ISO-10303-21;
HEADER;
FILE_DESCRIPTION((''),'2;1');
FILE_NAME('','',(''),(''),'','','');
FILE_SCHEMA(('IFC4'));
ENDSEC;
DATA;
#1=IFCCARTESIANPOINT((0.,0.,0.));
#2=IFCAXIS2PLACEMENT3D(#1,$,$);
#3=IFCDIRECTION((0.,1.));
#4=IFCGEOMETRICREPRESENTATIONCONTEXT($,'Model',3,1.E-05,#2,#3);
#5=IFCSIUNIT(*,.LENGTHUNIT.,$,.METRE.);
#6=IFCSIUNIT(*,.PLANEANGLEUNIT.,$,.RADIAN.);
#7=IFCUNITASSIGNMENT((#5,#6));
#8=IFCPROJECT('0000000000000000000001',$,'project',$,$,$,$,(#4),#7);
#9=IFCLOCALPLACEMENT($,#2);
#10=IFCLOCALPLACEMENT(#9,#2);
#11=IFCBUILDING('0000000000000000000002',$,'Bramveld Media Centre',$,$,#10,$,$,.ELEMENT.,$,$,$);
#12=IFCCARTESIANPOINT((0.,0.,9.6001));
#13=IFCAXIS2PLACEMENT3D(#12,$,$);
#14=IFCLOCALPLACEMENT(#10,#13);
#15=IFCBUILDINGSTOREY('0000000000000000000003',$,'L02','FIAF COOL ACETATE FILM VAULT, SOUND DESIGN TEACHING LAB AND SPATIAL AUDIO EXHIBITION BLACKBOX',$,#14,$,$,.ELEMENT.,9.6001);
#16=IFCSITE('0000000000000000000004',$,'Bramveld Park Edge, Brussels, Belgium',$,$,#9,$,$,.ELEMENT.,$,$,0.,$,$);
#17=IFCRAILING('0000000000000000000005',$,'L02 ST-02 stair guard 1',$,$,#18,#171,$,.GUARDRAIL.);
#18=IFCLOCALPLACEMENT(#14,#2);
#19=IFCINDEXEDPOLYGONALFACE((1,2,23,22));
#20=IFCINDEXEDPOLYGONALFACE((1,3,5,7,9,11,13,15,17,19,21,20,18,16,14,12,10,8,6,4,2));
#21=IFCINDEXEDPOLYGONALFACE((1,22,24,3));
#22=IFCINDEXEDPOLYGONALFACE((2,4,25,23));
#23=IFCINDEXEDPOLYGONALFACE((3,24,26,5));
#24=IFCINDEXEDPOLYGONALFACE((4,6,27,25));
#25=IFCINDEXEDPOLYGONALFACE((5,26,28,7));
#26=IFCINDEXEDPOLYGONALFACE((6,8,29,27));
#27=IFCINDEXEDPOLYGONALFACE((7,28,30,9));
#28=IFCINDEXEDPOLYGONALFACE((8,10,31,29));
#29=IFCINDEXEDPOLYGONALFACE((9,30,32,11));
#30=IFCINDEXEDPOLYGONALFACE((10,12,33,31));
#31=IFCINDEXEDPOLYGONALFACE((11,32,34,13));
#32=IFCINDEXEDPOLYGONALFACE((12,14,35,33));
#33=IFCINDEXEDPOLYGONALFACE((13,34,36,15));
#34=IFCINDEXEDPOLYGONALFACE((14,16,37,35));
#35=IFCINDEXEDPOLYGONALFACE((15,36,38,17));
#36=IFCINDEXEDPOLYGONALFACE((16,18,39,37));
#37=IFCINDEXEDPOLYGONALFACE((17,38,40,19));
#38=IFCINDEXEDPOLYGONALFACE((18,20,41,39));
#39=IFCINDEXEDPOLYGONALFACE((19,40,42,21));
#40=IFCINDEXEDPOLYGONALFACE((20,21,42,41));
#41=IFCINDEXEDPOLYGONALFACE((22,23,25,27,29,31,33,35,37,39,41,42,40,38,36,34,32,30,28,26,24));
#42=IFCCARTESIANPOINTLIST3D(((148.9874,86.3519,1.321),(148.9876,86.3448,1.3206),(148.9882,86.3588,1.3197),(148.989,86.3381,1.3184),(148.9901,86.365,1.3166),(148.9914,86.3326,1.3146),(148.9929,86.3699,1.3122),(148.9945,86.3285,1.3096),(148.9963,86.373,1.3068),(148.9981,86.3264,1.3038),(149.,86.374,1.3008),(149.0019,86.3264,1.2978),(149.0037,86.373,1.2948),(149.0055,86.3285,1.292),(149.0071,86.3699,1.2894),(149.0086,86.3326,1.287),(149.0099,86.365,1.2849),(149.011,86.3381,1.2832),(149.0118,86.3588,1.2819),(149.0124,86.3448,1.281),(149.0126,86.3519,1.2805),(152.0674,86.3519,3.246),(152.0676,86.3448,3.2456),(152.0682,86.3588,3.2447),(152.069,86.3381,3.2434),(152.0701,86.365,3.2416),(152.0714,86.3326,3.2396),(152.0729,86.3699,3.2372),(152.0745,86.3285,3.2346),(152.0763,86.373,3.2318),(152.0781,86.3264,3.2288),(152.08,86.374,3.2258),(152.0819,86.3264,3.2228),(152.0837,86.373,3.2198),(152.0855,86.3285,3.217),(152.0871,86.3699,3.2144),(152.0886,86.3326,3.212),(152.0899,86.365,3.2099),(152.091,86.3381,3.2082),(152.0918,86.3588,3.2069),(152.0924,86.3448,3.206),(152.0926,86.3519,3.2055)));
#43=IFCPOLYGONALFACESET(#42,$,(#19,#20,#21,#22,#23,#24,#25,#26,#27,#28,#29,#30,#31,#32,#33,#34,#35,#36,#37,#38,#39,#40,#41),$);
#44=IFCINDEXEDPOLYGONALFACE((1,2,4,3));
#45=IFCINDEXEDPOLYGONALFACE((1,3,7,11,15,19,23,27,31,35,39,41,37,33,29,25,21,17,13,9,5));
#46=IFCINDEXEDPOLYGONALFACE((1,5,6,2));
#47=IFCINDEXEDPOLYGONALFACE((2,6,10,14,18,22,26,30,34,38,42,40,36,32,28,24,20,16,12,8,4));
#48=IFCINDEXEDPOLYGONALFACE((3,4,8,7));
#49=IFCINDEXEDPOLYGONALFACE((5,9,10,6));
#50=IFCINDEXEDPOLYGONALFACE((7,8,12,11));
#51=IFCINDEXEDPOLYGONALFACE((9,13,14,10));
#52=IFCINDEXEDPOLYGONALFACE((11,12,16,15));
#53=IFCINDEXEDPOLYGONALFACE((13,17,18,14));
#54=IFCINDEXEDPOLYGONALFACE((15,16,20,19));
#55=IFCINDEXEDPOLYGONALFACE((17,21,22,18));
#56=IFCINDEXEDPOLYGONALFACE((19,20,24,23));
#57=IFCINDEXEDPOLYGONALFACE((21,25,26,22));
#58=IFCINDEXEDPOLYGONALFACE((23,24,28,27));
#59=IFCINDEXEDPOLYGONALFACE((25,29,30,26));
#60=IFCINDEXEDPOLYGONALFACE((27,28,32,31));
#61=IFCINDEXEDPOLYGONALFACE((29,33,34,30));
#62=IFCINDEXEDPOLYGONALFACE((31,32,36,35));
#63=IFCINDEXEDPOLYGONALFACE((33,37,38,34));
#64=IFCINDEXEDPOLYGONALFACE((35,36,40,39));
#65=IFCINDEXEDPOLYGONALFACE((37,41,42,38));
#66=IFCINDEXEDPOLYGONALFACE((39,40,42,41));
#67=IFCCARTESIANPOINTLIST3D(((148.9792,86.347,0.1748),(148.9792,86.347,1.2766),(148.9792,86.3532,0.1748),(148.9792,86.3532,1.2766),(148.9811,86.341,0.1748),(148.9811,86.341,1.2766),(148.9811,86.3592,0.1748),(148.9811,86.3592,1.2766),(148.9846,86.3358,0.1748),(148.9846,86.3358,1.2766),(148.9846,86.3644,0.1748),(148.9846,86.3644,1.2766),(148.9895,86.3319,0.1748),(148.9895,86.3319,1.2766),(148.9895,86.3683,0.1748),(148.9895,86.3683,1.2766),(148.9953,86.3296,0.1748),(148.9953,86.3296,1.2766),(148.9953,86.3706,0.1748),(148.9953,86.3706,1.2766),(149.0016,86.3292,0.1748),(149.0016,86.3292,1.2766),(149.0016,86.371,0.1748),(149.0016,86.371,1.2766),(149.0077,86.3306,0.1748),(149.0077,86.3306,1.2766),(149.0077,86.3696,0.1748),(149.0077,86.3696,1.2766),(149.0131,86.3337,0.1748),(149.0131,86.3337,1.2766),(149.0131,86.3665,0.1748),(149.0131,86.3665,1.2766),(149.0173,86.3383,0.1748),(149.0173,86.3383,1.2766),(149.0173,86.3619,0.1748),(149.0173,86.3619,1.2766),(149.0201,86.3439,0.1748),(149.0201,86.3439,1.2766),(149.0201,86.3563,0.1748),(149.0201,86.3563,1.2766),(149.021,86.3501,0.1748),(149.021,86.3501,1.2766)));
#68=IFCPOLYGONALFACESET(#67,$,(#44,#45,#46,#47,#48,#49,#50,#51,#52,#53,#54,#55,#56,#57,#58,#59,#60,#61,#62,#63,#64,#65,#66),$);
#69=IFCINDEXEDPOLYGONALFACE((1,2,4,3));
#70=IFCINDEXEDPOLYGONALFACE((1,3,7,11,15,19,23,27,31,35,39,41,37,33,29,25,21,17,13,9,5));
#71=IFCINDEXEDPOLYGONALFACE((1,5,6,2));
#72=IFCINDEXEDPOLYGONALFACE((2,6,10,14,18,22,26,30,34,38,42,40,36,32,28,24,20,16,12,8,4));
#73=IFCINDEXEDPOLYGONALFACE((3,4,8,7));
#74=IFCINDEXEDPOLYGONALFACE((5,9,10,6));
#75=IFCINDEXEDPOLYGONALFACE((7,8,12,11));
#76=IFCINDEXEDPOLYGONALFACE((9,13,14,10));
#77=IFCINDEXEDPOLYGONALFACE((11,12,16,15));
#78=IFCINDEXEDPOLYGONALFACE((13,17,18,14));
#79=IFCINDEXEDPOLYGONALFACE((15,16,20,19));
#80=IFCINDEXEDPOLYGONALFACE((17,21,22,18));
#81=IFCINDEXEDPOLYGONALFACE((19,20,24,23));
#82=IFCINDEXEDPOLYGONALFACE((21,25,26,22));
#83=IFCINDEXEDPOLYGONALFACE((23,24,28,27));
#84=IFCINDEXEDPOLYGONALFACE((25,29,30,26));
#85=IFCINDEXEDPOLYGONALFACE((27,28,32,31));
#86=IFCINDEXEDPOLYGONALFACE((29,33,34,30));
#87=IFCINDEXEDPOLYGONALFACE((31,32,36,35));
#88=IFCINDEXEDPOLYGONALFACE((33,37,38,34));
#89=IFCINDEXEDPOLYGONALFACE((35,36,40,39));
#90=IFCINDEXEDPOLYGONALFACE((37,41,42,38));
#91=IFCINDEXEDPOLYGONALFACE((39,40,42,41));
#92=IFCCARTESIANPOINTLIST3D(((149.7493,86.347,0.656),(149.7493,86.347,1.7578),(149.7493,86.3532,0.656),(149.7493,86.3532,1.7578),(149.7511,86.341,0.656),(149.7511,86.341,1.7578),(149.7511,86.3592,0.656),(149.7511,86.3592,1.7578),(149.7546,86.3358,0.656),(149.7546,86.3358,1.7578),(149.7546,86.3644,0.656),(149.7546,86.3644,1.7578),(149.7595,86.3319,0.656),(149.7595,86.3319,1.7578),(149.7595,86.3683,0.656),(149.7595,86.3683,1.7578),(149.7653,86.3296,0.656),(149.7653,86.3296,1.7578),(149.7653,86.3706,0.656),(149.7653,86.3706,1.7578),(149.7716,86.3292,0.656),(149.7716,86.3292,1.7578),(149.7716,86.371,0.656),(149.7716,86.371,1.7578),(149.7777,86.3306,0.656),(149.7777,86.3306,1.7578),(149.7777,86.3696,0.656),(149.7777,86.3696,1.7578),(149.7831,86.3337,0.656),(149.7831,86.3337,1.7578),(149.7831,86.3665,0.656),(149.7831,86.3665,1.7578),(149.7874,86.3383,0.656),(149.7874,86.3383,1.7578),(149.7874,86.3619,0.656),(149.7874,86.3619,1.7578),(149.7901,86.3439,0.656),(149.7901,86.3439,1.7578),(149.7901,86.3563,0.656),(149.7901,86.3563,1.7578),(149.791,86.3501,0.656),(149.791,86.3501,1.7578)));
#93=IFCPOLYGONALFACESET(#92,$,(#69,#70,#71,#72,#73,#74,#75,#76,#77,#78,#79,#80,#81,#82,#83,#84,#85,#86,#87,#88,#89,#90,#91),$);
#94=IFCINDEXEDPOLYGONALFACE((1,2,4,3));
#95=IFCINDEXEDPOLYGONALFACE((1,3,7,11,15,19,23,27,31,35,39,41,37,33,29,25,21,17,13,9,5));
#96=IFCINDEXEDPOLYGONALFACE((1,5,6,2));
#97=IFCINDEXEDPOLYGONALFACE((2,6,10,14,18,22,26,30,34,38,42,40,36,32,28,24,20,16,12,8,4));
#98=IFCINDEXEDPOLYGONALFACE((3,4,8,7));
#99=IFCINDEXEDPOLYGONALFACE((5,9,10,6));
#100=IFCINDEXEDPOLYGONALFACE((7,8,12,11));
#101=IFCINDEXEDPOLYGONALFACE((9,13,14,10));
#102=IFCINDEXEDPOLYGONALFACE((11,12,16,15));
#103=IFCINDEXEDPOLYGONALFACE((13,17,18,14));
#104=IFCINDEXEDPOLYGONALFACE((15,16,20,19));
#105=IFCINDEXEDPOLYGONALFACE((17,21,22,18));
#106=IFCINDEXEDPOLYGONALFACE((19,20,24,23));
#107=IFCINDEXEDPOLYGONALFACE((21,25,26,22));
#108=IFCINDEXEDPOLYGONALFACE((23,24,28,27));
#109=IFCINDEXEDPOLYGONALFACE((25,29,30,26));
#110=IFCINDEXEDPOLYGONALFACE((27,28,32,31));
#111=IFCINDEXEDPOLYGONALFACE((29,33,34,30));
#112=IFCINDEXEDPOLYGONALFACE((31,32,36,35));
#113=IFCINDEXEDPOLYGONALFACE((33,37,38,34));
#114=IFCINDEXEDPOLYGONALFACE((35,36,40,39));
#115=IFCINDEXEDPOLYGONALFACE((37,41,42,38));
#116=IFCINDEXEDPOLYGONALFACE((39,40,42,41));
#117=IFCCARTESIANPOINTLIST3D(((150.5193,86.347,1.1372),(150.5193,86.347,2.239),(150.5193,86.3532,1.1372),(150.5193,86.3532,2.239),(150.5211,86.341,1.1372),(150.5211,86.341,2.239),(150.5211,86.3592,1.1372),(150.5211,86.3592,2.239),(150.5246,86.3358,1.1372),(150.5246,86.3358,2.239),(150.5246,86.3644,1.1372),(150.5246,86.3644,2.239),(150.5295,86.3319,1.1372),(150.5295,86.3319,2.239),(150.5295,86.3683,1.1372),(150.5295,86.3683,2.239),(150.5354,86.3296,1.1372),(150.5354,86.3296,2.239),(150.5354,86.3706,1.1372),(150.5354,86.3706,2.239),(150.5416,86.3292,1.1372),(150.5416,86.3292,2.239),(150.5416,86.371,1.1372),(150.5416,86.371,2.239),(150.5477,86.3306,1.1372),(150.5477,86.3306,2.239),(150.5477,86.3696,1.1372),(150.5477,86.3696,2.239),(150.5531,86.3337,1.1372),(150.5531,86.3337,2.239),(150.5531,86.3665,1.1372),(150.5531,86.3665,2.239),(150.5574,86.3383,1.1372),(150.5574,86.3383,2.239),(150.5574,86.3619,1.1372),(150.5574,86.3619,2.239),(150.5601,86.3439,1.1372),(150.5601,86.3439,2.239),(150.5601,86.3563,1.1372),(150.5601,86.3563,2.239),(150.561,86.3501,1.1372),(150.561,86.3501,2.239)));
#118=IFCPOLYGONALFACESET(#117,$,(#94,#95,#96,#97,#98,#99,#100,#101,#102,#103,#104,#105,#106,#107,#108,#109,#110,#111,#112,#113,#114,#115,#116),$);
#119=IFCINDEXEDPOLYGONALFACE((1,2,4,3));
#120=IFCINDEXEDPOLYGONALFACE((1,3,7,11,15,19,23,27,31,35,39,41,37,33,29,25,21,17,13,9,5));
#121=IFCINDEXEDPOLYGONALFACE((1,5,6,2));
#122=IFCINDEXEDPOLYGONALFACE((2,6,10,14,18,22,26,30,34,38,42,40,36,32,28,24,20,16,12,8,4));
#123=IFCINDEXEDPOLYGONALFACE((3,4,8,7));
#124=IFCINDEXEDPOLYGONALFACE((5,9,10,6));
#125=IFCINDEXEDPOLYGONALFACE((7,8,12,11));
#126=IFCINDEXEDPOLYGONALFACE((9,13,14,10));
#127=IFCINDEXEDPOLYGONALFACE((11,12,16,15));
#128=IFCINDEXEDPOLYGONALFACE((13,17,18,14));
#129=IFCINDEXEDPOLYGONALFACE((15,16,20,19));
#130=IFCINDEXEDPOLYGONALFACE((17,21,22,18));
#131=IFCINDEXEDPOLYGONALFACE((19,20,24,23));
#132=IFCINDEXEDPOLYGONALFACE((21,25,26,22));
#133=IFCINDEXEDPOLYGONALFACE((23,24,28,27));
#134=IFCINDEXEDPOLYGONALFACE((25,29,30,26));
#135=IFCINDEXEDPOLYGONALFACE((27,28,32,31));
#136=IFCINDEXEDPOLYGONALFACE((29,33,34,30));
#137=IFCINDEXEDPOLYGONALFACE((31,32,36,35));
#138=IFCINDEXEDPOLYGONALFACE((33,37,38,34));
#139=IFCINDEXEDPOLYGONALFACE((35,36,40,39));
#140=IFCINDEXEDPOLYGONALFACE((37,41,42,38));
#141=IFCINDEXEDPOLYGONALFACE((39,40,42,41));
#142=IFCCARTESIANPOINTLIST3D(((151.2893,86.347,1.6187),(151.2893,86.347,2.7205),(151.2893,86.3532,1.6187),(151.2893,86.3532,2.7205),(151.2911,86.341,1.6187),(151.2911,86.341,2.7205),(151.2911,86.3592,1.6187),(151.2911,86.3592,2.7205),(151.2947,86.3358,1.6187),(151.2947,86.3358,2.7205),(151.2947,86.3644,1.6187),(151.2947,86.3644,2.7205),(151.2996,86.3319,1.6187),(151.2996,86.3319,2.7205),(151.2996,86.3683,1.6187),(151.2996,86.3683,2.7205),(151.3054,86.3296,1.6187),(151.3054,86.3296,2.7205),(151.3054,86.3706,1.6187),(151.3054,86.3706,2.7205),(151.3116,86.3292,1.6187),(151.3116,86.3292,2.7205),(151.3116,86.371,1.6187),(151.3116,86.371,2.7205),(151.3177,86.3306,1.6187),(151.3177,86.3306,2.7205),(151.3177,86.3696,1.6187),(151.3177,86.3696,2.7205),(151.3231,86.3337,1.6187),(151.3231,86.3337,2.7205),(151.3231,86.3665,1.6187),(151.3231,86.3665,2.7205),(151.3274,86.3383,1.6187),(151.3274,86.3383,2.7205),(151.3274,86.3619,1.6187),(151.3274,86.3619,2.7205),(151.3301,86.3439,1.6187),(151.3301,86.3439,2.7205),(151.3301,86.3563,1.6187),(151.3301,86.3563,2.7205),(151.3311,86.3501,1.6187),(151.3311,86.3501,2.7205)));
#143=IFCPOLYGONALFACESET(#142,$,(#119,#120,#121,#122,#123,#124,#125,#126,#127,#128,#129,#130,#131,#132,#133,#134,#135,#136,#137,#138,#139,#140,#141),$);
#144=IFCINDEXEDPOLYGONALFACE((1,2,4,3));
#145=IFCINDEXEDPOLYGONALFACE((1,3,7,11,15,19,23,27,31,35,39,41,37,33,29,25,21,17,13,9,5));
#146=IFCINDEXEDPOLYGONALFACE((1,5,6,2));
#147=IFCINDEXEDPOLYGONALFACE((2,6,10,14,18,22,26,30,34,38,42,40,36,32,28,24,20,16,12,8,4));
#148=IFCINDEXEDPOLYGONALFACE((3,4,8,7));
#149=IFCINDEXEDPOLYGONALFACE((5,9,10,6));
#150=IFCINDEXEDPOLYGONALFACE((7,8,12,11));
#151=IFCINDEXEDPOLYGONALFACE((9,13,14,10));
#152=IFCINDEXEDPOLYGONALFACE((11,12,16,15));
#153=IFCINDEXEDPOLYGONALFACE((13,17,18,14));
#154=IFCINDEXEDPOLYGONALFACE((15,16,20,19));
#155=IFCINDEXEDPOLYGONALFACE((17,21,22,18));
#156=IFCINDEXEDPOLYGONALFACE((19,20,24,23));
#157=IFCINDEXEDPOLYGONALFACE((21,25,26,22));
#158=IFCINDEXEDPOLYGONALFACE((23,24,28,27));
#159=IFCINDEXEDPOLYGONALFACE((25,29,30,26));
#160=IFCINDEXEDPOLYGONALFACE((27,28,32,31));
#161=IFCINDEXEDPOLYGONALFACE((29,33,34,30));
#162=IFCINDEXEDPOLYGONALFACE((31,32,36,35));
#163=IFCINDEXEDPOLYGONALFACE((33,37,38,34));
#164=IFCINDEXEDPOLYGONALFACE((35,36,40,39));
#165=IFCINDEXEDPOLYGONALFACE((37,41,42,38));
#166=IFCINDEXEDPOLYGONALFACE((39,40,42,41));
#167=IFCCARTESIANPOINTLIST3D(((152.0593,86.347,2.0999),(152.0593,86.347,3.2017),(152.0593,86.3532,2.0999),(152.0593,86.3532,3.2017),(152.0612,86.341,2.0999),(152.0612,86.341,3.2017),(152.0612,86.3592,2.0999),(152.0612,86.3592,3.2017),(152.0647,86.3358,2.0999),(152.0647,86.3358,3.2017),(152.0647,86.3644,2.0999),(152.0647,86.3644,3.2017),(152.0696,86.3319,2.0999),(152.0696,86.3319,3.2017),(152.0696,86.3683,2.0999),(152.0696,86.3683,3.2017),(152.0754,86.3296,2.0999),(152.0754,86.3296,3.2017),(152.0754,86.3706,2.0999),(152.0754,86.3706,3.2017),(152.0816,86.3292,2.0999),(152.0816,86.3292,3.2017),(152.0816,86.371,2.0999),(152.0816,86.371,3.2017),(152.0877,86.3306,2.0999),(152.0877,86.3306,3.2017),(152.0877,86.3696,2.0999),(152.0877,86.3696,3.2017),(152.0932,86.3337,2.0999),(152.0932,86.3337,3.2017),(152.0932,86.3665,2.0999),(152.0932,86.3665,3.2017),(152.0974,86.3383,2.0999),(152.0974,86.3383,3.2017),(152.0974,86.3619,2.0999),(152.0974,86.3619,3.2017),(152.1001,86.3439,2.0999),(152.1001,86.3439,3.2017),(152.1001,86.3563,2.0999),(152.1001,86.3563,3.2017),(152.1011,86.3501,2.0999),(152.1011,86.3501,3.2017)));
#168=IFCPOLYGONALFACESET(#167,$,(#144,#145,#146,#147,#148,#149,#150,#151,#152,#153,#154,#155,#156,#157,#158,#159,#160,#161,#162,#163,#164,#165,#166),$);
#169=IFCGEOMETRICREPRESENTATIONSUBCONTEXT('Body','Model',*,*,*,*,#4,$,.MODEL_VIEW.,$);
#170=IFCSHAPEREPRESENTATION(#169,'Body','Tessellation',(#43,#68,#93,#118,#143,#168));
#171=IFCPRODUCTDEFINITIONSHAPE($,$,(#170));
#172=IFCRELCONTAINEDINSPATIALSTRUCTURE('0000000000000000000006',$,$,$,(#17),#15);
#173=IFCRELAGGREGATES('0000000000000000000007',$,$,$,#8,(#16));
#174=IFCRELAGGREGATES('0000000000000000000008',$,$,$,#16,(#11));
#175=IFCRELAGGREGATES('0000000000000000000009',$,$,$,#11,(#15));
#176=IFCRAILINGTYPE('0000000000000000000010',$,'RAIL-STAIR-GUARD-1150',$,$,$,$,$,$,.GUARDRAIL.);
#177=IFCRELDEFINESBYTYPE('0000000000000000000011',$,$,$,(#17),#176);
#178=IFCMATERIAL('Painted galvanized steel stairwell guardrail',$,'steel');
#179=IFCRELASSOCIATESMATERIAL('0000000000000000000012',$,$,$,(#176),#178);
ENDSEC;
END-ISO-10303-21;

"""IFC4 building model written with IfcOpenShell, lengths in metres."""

from ifc_helpers import new_model, si_unit, direction, frame, origin, origin_2d, place, context, subcontext, project, spatial, circle, extrude, material, type_object, element, save


model = new_model("IFC4")

# Units and contexts
model_context = context("Model", 3, precision=1e-05, world=origin(), true_north=direction((0.0, 1.0)))
body_context = subcontext(model_context, "Body", "Model", "MODEL_VIEW")
ifc_project = project(units=[si_unit("LENGTHUNIT", "METRE"), si_unit("PLANEANGLEUNIT", "RADIAN")], contexts=[model_context])

# Site, building, storey
site_placement = place(None, origin())
site = spatial("IfcSite", under=ifc_project, at=site_placement, Name="Bramveld Park Edge, Brussels, Belgium", CompositionType="ELEMENT", RefElevation=0.0)
building_placement = place(site_placement, origin())
building = spatial("IfcBuilding", under=site, at=building_placement, Name="Bramveld Media Centre", CompositionType="ELEMENT")
storey_placement = place(building_placement, frame((0.0, 0.0, 9.6001)))
storey = spatial("IfcBuildingStorey", under=building, at=storey_placement, Name="L02", Description="FIAF COOL ACETATE FILM VAULT, SOUND DESIGN TEACHING LAB AND SPATIAL AUDIO EXHIBITION BLACKBOX", CompositionType="ELEMENT", Elevation=9.6001)

# Railing
ifc_material_1 = material(Name="Painted galvanized steel stairwell guardrail", Category="steel")
railing_type_1 = type_object("IfcRailingType", Name="RAIL-STAIR-GUARD-1150", PredefinedType="GUARDRAIL", material=ifc_material_1)
railing_1_placement = place(storey_placement, frame((149.0, 86.3501, 0.1748)))
element("IfcRailing", 1, at=railing_1_placement, inside=storey, type_object=railing_type_1, Name="L02 ST-02 stair guard 1", PredefinedType="GUARDRAIL", context=body_context, shape_type="SweptSolid", body=[
    extrude(circle(Radius=0.0239, at=origin_2d()), frame((0.0, 0.0, 1.126), z_axis=(0.847998, 0.0, 0.529999), x_axis=(0.0, 1.0, 0.0)), (0.0, 0.0, 1.0), 3.6321),
    extrude(circle(Radius=0.021, at=origin_2d()), origin(), (0.0, 0.0, 1.0), 1.1018),
    extrude(circle(Radius=0.021, at=origin_2d()), frame((0.77, 0.0, 0.4812)), (0.0, 0.0, 1.0), 1.1018),
    extrude(circle(Radius=0.021, at=origin_2d()), frame((1.54, 0.0, 0.9624)), (0.0, 0.0, 1.0), 1.1018),
    extrude(circle(Radius=0.021, at=origin_2d()), frame((2.3101, 0.0, 1.4438)), (0.0, 0.0, 1.0), 1.1018),
    extrude(circle(Radius=0.021, at=origin_2d()), frame((3.0801, 0.0, 1.925)), (0.0, 0.0, 1.0), 1.1018),
])

save(model, "model.ifc")
